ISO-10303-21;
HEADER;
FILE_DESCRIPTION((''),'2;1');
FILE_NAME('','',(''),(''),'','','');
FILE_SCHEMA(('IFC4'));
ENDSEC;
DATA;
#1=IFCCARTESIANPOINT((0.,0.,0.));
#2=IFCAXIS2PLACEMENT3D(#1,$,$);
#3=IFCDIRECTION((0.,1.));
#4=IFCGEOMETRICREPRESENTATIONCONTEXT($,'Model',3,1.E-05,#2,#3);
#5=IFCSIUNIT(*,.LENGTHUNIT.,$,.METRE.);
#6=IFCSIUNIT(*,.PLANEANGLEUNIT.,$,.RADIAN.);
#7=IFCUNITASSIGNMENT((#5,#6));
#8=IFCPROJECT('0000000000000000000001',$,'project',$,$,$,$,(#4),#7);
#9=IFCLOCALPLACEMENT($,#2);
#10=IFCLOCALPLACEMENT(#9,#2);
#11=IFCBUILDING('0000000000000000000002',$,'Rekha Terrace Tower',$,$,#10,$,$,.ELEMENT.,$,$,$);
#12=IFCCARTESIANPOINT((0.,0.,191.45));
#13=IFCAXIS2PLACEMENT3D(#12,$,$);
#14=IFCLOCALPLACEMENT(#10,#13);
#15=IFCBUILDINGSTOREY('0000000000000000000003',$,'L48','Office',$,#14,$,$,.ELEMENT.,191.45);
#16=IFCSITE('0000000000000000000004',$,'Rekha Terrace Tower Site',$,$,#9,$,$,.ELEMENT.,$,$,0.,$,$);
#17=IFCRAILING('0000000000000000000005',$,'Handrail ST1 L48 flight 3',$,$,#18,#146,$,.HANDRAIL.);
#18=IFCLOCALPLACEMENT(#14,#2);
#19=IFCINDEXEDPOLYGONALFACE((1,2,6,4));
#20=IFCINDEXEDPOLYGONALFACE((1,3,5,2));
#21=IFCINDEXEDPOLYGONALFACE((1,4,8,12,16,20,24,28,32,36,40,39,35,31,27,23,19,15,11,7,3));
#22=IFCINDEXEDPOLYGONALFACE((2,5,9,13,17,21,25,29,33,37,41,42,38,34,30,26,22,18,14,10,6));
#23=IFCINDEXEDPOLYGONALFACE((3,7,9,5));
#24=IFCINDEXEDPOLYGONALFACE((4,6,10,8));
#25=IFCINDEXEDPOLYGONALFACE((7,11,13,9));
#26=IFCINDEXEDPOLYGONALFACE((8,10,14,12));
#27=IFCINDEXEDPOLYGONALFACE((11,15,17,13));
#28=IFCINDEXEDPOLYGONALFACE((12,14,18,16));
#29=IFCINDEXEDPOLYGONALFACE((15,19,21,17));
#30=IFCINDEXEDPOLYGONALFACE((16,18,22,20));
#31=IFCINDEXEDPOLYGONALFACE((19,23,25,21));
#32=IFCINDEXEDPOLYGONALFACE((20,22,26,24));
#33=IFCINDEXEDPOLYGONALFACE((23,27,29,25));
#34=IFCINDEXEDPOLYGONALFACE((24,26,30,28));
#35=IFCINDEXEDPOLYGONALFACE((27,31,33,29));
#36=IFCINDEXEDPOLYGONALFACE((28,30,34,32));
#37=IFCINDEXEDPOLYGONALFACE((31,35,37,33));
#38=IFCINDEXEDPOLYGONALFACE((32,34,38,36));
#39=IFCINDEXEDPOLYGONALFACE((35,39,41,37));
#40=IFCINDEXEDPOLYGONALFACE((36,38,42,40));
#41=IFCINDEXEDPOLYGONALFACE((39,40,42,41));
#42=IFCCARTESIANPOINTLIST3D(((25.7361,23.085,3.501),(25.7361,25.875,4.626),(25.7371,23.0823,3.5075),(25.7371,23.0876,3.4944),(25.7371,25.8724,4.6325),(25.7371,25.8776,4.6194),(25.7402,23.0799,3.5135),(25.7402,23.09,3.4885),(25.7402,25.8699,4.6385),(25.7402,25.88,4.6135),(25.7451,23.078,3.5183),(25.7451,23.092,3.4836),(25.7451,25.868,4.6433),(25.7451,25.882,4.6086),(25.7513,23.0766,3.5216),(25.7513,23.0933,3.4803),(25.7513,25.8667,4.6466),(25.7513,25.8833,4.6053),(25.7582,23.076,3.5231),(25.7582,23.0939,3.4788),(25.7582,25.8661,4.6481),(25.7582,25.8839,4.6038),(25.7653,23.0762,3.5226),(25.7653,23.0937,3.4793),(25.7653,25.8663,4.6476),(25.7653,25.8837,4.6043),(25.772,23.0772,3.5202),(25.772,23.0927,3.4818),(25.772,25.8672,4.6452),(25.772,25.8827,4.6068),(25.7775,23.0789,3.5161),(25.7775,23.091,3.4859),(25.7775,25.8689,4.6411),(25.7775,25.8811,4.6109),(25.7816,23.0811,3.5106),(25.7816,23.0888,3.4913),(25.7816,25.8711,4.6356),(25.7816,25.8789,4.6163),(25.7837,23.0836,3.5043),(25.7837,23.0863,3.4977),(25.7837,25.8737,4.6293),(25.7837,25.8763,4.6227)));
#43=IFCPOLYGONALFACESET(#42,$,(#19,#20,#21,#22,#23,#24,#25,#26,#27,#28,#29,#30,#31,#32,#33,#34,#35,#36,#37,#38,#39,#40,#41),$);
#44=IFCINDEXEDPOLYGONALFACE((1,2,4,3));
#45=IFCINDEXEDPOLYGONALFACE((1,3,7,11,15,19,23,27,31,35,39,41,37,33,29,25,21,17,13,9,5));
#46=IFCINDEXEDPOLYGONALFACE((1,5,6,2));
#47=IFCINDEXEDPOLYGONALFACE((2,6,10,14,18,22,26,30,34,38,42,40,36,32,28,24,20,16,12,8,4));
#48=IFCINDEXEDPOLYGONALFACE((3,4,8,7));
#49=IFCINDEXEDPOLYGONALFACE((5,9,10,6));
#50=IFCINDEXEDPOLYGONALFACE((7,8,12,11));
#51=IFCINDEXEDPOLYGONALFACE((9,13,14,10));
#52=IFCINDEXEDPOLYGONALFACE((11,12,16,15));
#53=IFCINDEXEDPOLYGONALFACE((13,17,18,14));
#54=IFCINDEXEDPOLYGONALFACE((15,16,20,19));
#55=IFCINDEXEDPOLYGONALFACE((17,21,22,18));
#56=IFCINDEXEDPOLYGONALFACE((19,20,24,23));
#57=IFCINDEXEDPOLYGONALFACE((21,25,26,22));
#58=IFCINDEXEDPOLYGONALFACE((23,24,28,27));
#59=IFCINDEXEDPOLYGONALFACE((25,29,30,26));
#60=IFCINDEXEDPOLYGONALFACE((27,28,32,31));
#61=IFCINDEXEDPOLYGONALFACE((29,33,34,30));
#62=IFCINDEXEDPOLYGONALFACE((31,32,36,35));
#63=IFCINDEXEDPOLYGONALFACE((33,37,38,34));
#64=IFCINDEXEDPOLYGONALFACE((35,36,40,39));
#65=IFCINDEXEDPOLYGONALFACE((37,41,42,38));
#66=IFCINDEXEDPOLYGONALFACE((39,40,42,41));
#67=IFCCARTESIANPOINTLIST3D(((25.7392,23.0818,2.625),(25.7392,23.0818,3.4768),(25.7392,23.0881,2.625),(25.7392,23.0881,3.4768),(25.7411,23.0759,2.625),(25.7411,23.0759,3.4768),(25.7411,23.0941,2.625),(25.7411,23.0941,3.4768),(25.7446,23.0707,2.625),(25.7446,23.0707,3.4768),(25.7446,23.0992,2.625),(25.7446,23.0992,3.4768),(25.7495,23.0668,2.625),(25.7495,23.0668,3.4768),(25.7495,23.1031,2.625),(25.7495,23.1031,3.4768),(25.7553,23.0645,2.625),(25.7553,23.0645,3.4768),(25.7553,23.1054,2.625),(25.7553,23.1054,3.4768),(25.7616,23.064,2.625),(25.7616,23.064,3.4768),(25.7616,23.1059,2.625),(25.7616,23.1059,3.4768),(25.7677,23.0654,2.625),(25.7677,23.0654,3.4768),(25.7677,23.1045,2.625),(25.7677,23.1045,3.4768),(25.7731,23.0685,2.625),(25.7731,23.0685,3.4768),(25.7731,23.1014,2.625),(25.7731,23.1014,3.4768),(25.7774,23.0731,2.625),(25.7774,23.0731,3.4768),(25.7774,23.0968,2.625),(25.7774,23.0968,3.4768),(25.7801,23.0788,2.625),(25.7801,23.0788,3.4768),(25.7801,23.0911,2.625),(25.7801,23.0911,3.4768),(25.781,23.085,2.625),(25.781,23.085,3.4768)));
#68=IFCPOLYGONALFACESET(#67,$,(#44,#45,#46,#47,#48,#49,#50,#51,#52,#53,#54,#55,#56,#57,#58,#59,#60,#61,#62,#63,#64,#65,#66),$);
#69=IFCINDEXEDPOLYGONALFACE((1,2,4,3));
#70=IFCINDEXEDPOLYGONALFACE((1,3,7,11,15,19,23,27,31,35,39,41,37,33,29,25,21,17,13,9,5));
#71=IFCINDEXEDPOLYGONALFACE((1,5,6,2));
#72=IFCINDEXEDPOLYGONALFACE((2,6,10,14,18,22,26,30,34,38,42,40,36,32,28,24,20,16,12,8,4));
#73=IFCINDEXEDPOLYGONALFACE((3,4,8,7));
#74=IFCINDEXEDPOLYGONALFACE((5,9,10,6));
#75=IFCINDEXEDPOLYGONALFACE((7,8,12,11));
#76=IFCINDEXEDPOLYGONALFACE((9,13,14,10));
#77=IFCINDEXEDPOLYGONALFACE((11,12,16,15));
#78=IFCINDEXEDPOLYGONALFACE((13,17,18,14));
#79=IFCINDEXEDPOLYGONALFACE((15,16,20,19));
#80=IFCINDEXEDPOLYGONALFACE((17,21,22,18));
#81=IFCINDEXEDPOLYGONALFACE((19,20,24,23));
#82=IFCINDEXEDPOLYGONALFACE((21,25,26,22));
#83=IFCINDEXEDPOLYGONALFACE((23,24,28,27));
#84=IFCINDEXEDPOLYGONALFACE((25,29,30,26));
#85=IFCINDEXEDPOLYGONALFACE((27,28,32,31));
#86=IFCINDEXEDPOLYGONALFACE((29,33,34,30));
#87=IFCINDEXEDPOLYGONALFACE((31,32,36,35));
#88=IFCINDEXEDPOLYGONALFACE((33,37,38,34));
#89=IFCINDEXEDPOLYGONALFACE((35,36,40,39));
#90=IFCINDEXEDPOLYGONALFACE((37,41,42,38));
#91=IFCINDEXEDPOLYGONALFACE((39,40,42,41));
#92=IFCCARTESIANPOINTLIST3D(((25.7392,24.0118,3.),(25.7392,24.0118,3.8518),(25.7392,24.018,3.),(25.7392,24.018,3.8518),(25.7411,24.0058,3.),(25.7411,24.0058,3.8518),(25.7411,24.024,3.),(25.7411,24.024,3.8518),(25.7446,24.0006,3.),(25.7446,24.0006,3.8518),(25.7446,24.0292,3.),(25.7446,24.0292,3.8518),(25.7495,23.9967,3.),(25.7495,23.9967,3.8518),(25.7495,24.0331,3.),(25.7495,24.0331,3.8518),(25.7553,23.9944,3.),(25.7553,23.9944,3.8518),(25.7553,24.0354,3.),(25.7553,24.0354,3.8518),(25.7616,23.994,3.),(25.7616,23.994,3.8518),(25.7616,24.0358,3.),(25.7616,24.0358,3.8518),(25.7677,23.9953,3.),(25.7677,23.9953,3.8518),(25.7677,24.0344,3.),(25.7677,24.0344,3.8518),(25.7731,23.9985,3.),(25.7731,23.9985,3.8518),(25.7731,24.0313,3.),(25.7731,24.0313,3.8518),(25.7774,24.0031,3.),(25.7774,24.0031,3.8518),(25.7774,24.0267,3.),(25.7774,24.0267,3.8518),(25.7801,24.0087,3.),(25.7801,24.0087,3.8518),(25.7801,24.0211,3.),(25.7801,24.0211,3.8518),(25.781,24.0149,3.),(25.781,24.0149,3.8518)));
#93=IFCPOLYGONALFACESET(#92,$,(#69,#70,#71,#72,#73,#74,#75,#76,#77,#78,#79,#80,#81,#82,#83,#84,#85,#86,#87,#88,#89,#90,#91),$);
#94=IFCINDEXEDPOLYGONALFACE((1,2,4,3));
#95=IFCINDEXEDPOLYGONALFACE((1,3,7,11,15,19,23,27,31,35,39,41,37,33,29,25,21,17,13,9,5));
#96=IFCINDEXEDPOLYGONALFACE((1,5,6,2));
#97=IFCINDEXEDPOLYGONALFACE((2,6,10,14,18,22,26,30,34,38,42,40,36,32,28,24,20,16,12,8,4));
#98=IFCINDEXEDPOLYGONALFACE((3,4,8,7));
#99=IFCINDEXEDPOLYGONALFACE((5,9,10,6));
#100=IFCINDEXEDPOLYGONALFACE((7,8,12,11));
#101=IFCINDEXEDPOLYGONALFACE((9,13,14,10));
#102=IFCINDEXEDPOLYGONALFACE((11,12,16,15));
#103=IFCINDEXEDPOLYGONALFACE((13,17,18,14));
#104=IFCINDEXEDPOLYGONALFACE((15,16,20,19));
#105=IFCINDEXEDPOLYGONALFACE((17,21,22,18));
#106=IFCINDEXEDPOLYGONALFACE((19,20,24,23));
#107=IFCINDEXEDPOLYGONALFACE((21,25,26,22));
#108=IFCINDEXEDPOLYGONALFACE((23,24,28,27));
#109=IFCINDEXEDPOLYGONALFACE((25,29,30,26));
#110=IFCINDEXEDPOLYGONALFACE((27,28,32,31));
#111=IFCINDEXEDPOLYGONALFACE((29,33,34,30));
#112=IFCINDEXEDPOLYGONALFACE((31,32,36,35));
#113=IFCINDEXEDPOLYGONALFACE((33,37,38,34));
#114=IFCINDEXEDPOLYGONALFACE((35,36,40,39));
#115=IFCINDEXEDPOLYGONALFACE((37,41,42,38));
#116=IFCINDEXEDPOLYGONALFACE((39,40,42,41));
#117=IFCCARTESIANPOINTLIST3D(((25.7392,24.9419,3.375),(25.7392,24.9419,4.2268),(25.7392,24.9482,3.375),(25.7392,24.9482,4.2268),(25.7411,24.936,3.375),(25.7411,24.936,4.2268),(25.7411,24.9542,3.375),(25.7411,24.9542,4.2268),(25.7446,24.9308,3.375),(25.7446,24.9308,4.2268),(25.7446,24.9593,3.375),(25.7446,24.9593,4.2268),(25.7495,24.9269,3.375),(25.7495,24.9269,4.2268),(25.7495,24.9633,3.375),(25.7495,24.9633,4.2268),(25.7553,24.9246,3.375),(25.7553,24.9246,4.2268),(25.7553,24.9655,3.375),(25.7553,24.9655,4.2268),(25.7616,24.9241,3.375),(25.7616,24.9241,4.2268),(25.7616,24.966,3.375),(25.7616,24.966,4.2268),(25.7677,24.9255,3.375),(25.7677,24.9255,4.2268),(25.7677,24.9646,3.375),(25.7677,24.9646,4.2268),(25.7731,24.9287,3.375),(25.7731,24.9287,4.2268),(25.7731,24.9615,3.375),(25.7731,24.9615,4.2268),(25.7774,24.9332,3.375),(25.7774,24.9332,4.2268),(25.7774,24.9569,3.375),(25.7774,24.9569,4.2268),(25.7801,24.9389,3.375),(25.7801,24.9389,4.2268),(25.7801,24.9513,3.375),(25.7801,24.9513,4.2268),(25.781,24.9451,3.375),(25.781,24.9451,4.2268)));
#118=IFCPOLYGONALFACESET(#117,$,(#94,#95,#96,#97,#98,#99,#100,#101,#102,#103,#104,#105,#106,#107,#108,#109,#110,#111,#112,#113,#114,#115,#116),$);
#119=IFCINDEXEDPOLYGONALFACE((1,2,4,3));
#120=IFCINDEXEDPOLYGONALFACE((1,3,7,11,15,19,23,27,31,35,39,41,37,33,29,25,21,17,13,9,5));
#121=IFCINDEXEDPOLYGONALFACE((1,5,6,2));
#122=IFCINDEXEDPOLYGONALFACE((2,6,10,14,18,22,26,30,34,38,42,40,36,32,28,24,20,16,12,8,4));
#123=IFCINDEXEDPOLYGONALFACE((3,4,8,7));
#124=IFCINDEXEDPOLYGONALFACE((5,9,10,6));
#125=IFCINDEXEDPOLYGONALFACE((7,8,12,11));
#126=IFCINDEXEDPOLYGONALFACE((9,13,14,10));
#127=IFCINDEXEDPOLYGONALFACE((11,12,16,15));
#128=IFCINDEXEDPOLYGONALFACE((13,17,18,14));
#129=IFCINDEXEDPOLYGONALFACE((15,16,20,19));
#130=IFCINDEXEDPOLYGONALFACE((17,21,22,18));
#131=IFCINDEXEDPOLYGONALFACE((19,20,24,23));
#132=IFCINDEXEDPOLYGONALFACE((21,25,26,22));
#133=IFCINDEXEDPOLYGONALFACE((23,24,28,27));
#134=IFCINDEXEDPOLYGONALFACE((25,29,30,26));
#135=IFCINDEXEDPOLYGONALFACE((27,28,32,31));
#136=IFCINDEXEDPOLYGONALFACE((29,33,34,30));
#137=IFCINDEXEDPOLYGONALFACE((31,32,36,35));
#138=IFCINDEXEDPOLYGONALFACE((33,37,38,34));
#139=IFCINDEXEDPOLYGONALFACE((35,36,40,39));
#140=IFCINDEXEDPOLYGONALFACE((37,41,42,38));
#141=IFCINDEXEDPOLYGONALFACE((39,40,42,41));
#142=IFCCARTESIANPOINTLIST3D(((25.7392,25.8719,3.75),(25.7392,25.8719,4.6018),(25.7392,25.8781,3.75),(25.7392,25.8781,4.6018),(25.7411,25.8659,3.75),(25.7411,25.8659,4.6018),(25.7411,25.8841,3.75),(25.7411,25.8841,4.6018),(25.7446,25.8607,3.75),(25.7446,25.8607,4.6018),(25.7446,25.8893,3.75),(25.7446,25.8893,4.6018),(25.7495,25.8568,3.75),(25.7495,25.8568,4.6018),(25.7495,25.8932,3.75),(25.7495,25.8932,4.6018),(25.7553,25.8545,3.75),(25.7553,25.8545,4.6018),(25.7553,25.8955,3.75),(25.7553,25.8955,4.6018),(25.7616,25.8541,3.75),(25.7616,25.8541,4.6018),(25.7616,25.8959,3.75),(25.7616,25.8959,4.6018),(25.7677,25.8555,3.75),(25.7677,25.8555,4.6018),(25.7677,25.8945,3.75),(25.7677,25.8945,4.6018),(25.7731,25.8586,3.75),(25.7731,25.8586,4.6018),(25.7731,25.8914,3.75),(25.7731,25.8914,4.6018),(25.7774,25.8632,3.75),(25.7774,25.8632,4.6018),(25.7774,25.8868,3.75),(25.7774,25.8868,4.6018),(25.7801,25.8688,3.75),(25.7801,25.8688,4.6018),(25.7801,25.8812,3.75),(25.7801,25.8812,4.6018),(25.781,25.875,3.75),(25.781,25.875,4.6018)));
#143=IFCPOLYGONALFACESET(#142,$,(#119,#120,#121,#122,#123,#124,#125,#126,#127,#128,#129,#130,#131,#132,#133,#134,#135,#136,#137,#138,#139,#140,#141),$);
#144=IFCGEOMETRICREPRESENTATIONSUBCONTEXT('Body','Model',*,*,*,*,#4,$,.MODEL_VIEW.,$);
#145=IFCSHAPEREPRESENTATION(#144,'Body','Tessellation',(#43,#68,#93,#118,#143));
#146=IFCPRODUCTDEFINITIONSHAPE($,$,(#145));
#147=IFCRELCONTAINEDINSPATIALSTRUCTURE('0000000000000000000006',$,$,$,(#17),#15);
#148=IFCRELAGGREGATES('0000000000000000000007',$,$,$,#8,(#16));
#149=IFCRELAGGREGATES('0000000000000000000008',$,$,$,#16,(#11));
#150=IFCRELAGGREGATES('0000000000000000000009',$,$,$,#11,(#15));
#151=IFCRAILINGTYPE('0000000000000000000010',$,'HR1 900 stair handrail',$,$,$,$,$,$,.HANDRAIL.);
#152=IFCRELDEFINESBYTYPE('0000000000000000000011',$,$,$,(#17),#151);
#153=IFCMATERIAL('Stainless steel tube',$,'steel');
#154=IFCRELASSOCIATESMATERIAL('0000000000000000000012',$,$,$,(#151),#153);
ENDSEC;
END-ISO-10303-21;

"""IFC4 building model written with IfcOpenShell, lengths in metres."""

from ifc_helpers import new_model, si_unit, direction, frame, origin, origin_2d, place, context, subcontext, project, spatial, circle, extrude, material, type_object, element, save


model = new_model("IFC4")

# Units and contexts
model_context = context("Model", 3, precision=1e-05, world=origin(), true_north=direction((0.0, 1.0)))
body_context = subcontext(model_context, "Body", "Model", "MODEL_VIEW")
ifc_project = project(units=[si_unit("LENGTHUNIT", "METRE"), si_unit("PLANEANGLEUNIT", "RADIAN")], contexts=[model_context])

# Site, building, storey
site_placement = place(None, origin())
site = spatial("IfcSite", under=ifc_project, at=site_placement, Name="Rekha Terrace Tower Site", CompositionType="ELEMENT", RefElevation=0.0)
building_placement = place(site_placement, origin())
building = spatial("IfcBuilding", under=site, at=building_placement, Name="Rekha Terrace Tower", CompositionType="ELEMENT")
storey_placement = place(building_placement, frame((0.0, 0.0, 191.45)))
storey = spatial("IfcBuildingStorey", under=building, at=storey_placement, Name="L48", Description="Office", CompositionType="ELEMENT", Elevation=191.45)

# Railing
ifc_material_1 = material(Name="Stainless steel tube", Category="steel")
railing_type_1 = type_object("IfcRailingType", Name="HR1 900 stair handrail", PredefinedType="HANDRAIL", material=ifc_material_1)
railing_1_placement = place(storey_placement, frame((25.76, 23.085, 2.625)))
element("IfcRailing", 1, at=railing_1_placement, inside=storey, type_object=railing_type_1, Name="Handrail ST1 L48 flight 3", PredefinedType="HANDRAIL", context=body_context, shape_type="SweptSolid", body=[
    extrude(circle(Radius=0.0239, at=origin_2d()), frame((0.0, 0.0, 0.876), z_axis=(0.0, 0.927443, 0.373964), x_axis=(-1.0, 0.0, 0.0)), (0.0, 0.0, 1.0), 3.0083),
    extrude(circle(Radius=0.021, at=origin_2d()), origin(), (0.0, 0.0, 1.0), 0.8518),
    extrude(circle(Radius=0.021, at=origin_2d()), frame((0.0, 0.9299, 0.375)), (0.0, 0.0, 1.0), 0.8518),
    extrude(circle(Radius=0.021, at=origin_2d()), frame((0.0, 1.8601, 0.75)), (0.0, 0.0, 1.0), 0.8518),
    extrude(circle(Radius=0.021, at=origin_2d()), frame((0.0, 2.79, 1.125)), (0.0, 0.0, 1.0), 0.8518),
])

save(model, "model.ifc")
